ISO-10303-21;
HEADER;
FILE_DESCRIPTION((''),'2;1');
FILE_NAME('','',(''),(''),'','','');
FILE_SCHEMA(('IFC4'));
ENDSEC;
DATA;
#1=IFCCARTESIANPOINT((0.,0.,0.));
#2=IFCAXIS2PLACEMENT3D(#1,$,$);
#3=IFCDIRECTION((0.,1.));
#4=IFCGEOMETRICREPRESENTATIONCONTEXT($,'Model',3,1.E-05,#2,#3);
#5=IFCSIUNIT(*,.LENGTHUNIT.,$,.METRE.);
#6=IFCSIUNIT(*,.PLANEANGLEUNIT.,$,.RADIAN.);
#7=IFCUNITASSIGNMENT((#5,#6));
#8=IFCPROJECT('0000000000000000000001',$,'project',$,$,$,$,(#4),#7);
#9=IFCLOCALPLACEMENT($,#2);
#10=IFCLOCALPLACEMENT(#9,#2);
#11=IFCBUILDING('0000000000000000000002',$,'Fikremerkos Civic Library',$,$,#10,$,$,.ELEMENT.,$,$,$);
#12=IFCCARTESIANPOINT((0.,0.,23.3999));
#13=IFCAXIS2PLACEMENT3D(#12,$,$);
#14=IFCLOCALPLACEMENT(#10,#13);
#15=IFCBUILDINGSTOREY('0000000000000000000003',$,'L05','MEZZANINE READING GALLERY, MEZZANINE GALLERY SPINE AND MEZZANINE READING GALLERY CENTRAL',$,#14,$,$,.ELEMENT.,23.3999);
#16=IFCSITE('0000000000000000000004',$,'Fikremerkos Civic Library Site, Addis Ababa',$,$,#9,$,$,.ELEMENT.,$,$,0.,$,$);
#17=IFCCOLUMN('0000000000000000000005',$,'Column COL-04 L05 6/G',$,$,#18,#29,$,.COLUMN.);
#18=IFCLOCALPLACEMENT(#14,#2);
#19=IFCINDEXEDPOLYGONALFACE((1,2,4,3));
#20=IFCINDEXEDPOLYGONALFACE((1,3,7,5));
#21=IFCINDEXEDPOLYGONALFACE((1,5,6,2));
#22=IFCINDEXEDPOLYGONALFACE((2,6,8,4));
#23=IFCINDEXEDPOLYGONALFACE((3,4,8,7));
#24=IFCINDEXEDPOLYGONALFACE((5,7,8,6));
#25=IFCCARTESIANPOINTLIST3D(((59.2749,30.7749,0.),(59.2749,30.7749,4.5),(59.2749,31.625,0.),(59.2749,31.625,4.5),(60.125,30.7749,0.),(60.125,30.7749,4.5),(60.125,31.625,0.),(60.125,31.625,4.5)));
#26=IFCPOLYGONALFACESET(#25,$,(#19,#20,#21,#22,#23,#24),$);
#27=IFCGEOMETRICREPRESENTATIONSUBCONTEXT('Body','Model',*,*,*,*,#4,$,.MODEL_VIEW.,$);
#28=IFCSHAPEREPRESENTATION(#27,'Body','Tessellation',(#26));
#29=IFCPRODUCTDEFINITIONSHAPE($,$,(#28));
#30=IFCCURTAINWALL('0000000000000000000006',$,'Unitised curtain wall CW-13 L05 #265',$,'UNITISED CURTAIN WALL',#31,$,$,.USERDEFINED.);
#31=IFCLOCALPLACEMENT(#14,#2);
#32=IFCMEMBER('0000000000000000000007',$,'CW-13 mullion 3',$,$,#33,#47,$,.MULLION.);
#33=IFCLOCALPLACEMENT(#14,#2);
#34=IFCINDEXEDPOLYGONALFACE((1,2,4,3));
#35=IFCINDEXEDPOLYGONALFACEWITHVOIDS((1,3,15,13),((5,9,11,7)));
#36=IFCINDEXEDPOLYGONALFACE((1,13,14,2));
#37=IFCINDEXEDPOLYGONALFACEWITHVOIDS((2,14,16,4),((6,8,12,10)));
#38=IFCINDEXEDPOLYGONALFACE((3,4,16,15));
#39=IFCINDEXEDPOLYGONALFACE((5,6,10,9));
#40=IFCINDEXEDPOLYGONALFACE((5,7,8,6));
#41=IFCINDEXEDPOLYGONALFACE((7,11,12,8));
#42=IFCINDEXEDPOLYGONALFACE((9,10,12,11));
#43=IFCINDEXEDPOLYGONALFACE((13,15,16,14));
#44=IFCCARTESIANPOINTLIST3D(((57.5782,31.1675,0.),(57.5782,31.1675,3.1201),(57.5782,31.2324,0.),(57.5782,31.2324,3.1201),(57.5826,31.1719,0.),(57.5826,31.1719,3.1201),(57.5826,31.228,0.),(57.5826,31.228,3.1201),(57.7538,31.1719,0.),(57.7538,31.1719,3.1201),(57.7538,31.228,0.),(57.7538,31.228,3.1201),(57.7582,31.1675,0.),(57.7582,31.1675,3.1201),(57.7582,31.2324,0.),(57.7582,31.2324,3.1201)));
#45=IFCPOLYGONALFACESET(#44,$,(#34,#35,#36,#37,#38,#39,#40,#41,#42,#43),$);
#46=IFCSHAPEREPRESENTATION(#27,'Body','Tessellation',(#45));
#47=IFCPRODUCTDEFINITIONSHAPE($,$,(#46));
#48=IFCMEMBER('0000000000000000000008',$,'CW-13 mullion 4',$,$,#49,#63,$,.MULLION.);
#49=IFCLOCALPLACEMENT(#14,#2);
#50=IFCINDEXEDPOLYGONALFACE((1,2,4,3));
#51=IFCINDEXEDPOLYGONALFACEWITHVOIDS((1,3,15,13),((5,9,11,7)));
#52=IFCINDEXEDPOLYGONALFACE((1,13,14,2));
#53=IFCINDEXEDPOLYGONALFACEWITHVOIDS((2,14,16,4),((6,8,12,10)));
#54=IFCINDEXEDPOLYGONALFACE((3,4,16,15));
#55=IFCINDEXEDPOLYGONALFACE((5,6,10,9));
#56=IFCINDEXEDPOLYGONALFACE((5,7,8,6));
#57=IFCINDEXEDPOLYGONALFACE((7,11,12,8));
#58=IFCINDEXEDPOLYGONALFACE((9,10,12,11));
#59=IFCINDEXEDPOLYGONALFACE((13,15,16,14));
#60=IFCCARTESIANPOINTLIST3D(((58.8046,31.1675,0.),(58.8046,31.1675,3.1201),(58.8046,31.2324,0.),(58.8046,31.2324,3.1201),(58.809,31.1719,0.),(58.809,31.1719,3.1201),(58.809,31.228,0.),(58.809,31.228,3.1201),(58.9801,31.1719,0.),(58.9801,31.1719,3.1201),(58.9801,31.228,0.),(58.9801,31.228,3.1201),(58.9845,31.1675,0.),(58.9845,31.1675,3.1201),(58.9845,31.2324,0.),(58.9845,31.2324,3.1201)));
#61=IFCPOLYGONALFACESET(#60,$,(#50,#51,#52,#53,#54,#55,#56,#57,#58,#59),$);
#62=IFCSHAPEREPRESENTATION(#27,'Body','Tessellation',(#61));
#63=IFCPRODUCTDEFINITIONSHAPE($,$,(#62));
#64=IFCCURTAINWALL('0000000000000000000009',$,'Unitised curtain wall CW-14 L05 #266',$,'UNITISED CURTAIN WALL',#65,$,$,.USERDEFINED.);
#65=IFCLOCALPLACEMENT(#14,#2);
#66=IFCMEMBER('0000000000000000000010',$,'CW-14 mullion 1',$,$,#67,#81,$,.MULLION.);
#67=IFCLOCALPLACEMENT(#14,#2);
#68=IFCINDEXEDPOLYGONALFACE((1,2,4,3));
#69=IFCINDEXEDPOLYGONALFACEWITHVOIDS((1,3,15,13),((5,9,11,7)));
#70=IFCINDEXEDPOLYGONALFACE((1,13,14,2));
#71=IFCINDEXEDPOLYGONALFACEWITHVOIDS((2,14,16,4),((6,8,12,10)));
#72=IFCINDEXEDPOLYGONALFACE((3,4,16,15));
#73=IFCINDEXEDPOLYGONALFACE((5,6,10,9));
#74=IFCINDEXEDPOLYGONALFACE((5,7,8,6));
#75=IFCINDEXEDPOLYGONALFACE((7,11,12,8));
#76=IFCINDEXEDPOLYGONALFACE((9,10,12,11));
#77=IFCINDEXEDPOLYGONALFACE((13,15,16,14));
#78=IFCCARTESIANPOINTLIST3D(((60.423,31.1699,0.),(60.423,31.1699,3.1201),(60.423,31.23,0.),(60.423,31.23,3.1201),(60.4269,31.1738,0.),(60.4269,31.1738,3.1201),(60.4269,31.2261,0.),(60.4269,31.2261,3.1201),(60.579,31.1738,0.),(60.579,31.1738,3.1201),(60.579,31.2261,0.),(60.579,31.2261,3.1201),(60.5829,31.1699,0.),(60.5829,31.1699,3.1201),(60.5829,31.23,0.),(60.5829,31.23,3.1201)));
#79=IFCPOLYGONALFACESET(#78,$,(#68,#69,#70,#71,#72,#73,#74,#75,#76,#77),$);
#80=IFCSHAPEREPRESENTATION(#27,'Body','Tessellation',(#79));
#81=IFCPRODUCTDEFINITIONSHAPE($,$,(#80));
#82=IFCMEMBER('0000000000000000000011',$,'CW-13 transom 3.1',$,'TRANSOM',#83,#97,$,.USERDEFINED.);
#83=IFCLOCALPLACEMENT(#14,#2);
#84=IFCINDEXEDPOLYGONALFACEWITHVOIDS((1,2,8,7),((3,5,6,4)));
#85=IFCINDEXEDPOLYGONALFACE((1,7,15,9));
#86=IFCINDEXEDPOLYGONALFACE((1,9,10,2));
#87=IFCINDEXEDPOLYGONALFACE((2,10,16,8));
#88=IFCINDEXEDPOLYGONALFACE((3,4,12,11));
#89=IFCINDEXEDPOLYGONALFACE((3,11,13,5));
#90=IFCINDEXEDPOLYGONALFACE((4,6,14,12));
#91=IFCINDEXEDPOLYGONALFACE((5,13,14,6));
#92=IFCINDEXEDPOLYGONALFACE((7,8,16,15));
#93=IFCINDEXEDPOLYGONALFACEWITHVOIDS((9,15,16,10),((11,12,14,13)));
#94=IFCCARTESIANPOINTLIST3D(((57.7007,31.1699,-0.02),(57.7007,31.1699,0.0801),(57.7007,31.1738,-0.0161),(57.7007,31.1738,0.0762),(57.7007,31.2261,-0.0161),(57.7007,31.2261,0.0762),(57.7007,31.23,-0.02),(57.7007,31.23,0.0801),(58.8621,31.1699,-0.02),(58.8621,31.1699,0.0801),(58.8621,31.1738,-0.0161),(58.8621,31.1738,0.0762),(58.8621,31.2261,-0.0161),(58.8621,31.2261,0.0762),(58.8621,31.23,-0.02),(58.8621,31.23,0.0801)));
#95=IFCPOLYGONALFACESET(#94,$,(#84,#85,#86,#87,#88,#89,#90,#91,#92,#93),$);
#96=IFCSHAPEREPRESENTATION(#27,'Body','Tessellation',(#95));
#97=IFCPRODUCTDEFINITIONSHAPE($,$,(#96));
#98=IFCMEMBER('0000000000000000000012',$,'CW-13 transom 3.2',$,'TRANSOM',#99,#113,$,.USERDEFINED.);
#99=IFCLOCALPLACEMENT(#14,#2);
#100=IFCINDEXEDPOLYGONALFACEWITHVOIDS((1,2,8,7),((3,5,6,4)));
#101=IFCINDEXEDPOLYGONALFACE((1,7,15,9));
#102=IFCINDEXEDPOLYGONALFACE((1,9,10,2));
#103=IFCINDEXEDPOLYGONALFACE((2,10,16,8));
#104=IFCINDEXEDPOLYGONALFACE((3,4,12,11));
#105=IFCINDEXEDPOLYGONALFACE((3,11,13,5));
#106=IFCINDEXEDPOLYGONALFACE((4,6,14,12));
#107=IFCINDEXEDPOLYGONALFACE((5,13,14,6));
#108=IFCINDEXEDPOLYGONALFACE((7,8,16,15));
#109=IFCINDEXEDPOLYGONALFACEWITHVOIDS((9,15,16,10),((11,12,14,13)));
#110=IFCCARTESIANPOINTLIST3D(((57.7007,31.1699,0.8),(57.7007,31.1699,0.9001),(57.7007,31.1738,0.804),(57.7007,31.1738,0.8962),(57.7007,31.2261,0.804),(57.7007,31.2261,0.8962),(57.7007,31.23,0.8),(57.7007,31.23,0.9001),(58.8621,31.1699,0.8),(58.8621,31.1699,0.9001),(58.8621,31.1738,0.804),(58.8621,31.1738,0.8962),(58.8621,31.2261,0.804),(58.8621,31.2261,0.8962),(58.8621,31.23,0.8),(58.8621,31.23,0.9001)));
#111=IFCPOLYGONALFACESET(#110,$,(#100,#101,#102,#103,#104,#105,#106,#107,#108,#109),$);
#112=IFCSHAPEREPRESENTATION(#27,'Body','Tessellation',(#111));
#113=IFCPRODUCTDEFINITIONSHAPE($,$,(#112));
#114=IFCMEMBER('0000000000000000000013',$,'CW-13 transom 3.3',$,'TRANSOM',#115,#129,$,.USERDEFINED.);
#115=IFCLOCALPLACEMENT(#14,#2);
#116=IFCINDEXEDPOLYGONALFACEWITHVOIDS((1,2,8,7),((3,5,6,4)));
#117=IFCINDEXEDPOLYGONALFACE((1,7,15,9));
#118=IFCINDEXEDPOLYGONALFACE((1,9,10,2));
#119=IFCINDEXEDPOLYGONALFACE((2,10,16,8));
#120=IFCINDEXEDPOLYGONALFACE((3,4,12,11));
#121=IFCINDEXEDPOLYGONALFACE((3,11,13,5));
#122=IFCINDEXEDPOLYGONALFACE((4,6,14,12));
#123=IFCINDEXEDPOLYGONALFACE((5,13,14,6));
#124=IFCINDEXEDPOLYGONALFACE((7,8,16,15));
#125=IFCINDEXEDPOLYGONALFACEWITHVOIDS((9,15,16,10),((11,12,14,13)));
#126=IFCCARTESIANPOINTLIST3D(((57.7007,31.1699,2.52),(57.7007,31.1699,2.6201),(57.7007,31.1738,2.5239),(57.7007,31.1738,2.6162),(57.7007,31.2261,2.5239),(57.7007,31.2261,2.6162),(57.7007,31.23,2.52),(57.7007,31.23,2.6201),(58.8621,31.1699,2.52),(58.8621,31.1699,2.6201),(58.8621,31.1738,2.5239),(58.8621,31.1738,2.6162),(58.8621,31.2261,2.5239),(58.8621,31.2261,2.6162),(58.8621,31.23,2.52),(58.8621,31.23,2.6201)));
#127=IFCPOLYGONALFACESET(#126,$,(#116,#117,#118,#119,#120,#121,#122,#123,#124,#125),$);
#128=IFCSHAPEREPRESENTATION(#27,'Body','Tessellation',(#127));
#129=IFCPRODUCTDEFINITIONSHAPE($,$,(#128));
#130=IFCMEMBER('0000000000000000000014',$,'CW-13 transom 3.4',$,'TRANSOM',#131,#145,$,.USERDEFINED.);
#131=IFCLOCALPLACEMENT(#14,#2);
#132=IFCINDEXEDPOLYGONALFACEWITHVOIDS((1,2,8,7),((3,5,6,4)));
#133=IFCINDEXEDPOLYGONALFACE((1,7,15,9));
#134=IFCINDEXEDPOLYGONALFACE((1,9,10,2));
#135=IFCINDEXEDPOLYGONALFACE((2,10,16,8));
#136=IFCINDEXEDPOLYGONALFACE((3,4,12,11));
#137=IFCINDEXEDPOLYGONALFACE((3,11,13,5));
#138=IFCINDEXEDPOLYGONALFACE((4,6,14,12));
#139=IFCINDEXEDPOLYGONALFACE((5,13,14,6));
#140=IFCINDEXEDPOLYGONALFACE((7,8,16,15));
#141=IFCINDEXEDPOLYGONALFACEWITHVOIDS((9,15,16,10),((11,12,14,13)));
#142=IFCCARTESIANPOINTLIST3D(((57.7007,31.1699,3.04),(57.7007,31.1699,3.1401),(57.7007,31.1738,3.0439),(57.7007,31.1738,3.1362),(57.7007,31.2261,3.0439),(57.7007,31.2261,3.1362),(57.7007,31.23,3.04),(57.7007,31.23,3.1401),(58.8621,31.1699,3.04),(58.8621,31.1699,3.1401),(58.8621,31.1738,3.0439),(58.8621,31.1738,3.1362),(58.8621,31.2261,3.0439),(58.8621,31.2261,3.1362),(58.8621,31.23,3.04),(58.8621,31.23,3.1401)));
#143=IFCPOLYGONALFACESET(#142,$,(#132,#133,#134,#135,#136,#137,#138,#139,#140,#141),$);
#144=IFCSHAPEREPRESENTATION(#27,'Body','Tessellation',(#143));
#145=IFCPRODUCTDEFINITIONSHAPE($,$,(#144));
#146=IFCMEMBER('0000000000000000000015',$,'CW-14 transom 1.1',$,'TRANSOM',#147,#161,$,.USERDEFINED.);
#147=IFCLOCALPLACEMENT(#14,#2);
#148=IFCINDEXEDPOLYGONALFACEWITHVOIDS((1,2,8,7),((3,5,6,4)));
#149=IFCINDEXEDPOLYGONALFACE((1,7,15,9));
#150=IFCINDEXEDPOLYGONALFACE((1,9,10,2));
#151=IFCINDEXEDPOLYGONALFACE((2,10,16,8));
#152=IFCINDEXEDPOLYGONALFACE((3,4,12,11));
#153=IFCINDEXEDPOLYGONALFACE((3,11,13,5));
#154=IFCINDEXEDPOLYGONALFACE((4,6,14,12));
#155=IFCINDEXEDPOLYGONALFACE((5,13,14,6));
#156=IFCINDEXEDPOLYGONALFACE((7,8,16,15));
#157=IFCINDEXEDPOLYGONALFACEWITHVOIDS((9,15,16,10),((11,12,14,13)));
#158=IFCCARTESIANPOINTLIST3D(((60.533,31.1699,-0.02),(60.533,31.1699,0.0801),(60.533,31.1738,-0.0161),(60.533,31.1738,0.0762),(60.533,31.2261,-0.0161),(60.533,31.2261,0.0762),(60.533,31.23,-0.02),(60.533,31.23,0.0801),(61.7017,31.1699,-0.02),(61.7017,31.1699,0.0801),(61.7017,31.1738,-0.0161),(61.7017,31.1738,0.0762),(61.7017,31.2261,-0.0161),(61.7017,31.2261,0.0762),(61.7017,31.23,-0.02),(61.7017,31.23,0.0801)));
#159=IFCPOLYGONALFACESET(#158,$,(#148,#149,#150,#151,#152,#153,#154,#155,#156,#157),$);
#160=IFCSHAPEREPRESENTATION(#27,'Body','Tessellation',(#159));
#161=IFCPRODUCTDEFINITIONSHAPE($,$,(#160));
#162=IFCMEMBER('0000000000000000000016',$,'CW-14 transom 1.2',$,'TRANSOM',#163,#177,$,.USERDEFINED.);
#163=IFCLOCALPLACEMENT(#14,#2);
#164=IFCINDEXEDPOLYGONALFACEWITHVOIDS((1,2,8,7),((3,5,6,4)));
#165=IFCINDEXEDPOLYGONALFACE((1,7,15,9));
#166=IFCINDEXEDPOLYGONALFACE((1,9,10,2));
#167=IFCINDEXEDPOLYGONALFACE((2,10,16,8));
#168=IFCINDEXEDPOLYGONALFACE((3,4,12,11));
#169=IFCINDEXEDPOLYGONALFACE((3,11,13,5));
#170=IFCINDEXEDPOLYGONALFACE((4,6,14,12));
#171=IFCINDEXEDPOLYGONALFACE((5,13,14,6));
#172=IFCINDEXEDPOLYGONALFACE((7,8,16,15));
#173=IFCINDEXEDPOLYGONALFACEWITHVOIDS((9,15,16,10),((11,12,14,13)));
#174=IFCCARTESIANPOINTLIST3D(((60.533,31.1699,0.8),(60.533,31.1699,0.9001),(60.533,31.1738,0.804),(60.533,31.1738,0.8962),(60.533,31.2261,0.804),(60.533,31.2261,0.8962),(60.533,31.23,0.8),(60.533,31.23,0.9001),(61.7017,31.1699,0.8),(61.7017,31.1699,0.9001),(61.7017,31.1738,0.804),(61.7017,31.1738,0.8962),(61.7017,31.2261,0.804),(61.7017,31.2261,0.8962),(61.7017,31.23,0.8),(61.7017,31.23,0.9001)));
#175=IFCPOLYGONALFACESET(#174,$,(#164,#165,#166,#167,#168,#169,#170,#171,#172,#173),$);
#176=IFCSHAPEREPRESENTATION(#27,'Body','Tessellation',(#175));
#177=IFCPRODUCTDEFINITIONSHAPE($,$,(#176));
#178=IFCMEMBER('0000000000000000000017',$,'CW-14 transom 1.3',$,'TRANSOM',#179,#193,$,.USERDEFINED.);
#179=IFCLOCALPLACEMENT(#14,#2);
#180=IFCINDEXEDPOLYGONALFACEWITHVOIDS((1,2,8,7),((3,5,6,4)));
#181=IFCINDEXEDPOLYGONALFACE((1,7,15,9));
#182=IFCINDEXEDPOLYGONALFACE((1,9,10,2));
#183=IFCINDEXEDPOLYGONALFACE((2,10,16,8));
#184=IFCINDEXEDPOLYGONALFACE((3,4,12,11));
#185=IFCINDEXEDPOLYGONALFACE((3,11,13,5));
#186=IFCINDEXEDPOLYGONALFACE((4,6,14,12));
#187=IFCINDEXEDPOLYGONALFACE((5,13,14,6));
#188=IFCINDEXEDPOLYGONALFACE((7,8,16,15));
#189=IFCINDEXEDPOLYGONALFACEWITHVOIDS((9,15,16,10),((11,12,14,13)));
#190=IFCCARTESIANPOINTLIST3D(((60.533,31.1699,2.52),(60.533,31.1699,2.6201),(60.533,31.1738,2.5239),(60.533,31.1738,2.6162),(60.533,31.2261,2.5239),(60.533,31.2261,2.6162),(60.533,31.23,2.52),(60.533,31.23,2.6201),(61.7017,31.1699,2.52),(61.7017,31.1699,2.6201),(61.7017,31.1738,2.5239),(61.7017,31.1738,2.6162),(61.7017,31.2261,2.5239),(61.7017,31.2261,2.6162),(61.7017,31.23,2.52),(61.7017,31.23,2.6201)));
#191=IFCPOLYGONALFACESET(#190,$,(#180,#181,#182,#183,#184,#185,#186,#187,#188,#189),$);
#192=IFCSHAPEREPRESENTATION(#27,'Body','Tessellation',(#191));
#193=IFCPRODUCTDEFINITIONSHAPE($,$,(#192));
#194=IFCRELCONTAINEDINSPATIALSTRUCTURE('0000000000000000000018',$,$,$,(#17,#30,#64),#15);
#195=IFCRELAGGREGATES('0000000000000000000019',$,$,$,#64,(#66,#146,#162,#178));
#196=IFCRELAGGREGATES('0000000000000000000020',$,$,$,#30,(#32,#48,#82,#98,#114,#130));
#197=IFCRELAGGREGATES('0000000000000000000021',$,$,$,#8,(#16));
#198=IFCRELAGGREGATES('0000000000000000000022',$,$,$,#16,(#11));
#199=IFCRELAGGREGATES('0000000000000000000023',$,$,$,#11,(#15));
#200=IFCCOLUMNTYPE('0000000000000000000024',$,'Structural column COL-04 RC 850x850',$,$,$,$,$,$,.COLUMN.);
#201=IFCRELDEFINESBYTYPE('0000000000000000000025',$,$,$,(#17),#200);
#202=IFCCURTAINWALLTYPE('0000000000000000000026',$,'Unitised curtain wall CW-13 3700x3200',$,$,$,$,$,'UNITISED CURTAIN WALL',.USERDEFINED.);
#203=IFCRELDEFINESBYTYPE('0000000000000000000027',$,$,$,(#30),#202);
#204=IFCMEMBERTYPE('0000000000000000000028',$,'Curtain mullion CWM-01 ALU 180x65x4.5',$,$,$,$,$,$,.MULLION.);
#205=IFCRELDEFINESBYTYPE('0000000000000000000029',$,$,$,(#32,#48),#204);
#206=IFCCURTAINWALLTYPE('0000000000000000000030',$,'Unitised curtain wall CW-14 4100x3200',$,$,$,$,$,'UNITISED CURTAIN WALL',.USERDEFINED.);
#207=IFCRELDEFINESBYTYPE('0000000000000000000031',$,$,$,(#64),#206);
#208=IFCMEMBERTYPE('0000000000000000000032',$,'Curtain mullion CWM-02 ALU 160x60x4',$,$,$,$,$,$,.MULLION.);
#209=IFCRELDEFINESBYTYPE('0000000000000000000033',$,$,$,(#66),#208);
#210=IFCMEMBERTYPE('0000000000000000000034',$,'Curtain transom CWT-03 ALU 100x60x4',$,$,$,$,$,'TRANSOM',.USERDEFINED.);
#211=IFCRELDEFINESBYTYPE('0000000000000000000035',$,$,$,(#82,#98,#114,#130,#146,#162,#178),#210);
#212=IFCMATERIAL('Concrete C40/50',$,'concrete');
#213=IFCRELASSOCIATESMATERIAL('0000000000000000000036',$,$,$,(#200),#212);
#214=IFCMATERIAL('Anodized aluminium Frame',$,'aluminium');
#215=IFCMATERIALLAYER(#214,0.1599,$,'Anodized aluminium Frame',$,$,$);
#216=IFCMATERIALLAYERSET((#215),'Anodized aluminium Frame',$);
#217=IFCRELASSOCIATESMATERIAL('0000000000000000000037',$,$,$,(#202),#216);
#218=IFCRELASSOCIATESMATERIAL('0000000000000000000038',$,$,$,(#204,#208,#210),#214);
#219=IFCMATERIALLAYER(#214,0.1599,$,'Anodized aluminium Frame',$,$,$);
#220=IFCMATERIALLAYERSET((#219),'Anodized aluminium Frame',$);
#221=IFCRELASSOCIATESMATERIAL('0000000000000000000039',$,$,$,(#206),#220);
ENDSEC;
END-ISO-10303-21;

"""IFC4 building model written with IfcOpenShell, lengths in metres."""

from ifc_helpers import new_model, si_unit, direction, frame, origin, origin_2d, place, context, subcontext, project, spatial, rectangle, hollow_rectangle, extrude, material, layer, layer_set, material_profile, profile_set, type_object, element, aggregate, save


model = new_model("IFC4")

# Units and contexts
model_context = context("Model", 3, precision=1e-05, world=origin(), true_north=direction((0.0, 1.0)))
body_context = subcontext(model_context, "Body", "Model", "MODEL_VIEW")
ifc_project = project(units=[si_unit("LENGTHUNIT", "METRE"), si_unit("PLANEANGLEUNIT", "RADIAN")], contexts=[model_context])

# Site, building, storey
site_placement = place(None, origin())
site = spatial("IfcSite", under=ifc_project, at=site_placement, Name="Fikremerkos Civic Library Site, Addis Ababa", CompositionType="ELEMENT", RefElevation=0.0)
building_placement = place(site_placement, origin())
building = spatial("IfcBuilding", under=site, at=building_placement, Name="Fikremerkos Civic Library", CompositionType="ELEMENT")
storey_placement = place(building_placement, frame((0.0, 0.0, 23.3999)))
storey = spatial("IfcBuildingStorey", under=building, at=storey_placement, Name="L05", Description="MEZZANINE READING GALLERY, MEZZANINE GALLERY SPINE AND MEZZANINE READING GALLERY CENTRAL", CompositionType="ELEMENT", Elevation=23.3999)

# Column
ifc_material_1 = material(Name="Concrete C40/50", Category="concrete")
ifc_material_profile_1 = material_profile(ifc_material_1, rectangle(XDim=0.8501, YDim=0.8501, at=origin_2d()), Name="RC 850x850")
ifc_profile_set_1 = profile_set([ifc_material_profile_1], Name="Concrete C40/50")
column_type = type_object("IfcColumnType", Name="Structural column COL-04 RC 850x850", PredefinedType="COLUMN", material=ifc_profile_set_1)
column_placement = place(storey_placement, frame((59.7, 31.2, 0.0), z_axis=(0.0, 0.0, 1.0), x_axis=(1.0, 0.0, 0.0)))
element("IfcColumn", 1, at=column_placement, inside=storey, type_object=column_type, Name="Column COL-04 L05 6/G", PredefinedType="COLUMN", context=body_context, shape_type="SweptSolid", body=[
    extrude(rectangle(XDim=0.8501, YDim=0.8501, at=origin_2d()), origin(), (0.0, 0.0, 1.0), 4.5),
])

# Curtain wall, members
ifc_material_2 = material(Name="Anodized aluminium Frame", Category="aluminium")
ifc_layer_1 = layer(ifc_material_2, 0.1599, Name="Anodized aluminium Frame")
ifc_layer_set_1 = layer_set([ifc_layer_1], Name="Anodized aluminium Frame")
curtain_wall_type_1 = type_object("IfcCurtainWallType", Name="Unitised curtain wall CW-13 3700x3200", ElementType="UNITISED CURTAIN WALL", PredefinedType="USERDEFINED", material=ifc_layer_set_1)
curtain_wall_1_placement = place(storey_placement, origin())
curtain_wall_1 = element("IfcCurtainWall", 2, at=curtain_wall_1_placement, inside=storey, type_object=curtain_wall_type_1, Name="Unitised curtain wall CW-13 L05 #265", ObjectType="UNITISED CURTAIN WALL", PredefinedType="USERDEFINED")
ifc_material_profile_2 = material_profile(ifc_material_2, hollow_rectangle(XDim=0.0649, YDim=0.1799, WallThickness=0.0044, at=origin_2d()), Name="ALU 180x65x4.5")
ifc_profile_set_2 = profile_set([ifc_material_profile_2], Name="Anodized aluminium Frame")
member_type_1 = type_object("IfcMemberType", Name="Curtain mullion CWM-01 ALU 180x65x4.5", PredefinedType="MULLION", material=ifc_profile_set_2)
member_1_placement = place(storey_placement, frame((57.6682, 31.2, 0.0), z_axis=(0.0, 0.0, 1.0), x_axis=(0.0, 1.0, 0.0)))
member_1 = element("IfcMember", 3, at=member_1_placement, type_object=member_type_1, Name="CW-13 mullion 3", PredefinedType="MULLION", context=body_context, shape_type="SweptSolid", body=[
    extrude(hollow_rectangle(XDim=0.0649, YDim=0.1799, WallThickness=0.0044, at=origin_2d()), origin(), (0.0, 0.0, 1.0), 3.1201),
])
member_2_placement = place(storey_placement, frame((58.8945, 31.2, 0.0), z_axis=(0.0, 0.0, 1.0), x_axis=(0.0, 1.0, 0.0)))
member_2 = element("IfcMember", 4, at=member_2_placement, type_object=member_type_1, Name="CW-13 mullion 4", PredefinedType="MULLION", context=body_context, shape_type="SweptSolid", body=[
    extrude(hollow_rectangle(XDim=0.0649, YDim=0.1799, WallThickness=0.0044, at=origin_2d()), origin(), (0.0, 0.0, 1.0), 3.1201),
])

# Curtain wall, member
ifc_layer_2 = layer(ifc_material_2, 0.1599, Name="Anodized aluminium Frame")
ifc_layer_set_2 = layer_set([ifc_layer_2], Name="Anodized aluminium Frame")
curtain_wall_type_2 = type_object("IfcCurtainWallType", Name="Unitised curtain wall CW-14 4100x3200", ElementType="UNITISED CURTAIN WALL", PredefinedType="USERDEFINED", material=ifc_layer_set_2)
curtain_wall_2_placement = place(storey_placement, origin())
curtain_wall_2 = element("IfcCurtainWall", 5, at=curtain_wall_2_placement, inside=storey, type_object=curtain_wall_type_2, Name="Unitised curtain wall CW-14 L05 #266", ObjectType="UNITISED CURTAIN WALL", PredefinedType="USERDEFINED")
ifc_material_profile_3 = material_profile(ifc_material_2, hollow_rectangle(XDim=0.0601, YDim=0.1599, WallThickness=0.0039, at=origin_2d()), Name="ALU 160x60x4")
ifc_profile_set_3 = profile_set([ifc_material_profile_3], Name="Anodized aluminium Frame")
member_type_2 = type_object("IfcMemberType", Name="Curtain mullion CWM-02 ALU 160x60x4", PredefinedType="MULLION", material=ifc_profile_set_3)
member_3_placement = place(storey_placement, frame((60.5029, 31.2, 0.0), z_axis=(0.0, 0.0, 1.0), x_axis=(0.0, 1.0, 0.0)))
member_3 = element("IfcMember", 6, at=member_3_placement, type_object=member_type_2, Name="CW-14 mullion 1", PredefinedType="MULLION", context=body_context, shape_type="SweptSolid", body=[
    extrude(hollow_rectangle(XDim=0.0601, YDim=0.1599, WallThickness=0.0039, at=origin_2d()), origin(), (0.0, 0.0, 1.0), 3.1201),
])

# Members
ifc_material_profile_4 = material_profile(ifc_material_2, hollow_rectangle(XDim=0.0601, YDim=0.1001, WallThickness=0.0039, at=origin_2d()), Name="ALU 100x60x4")
ifc_profile_set_4 = profile_set([ifc_material_profile_4], Name="Anodized aluminium Frame")
member_type_3 = type_object("IfcMemberType", Name="Curtain transom CWT-03 ALU 100x60x4", ElementType="TRANSOM", PredefinedType="USERDEFINED", material=ifc_profile_set_4)
member_4_placement = place(storey_placement, frame((57.7007, 31.2, 0.03), z_axis=(1.0, 0.0, 0.0), x_axis=(0.0, 1.0, 0.0)))
member_4 = element("IfcMember", 7, at=member_4_placement, type_object=member_type_3, Name="CW-13 transom 3.1", ObjectType="TRANSOM", PredefinedType="USERDEFINED", context=body_context, shape_type="SweptSolid", body=[
    extrude(hollow_rectangle(XDim=0.0601, YDim=0.1001, WallThickness=0.0039, at=origin_2d()), origin(), (0.0, 0.0, 1.0), 1.1614),
])
member_5_placement = place(storey_placement, frame((57.7007, 31.2, 0.8501), z_axis=(1.0, 0.0, 0.0), x_axis=(0.0, 1.0, 0.0)))
member_5 = element("IfcMember", 8, at=member_5_placement, type_object=member_type_3, Name="CW-13 transom 3.2", ObjectType="TRANSOM", PredefinedType="USERDEFINED", context=body_context, shape_type="SweptSolid", body=[
    extrude(hollow_rectangle(XDim=0.0601, YDim=0.1001, WallThickness=0.0039, at=origin_2d()), origin(), (0.0, 0.0, 1.0), 1.1614),
])
member_6_placement = place(storey_placement, frame((57.7007, 31.2, 2.5701), z_axis=(1.0, 0.0, 0.0), x_axis=(0.0, 1.0, 0.0)))
member_6 = element("IfcMember", 9, at=member_6_placement, type_object=member_type_3, Name="CW-13 transom 3.3", ObjectType="TRANSOM", PredefinedType="USERDEFINED", context=body_context, shape_type="SweptSolid", body=[
    extrude(hollow_rectangle(XDim=0.0601, YDim=0.1001, WallThickness=0.0039, at=origin_2d()), origin(), (0.0, 0.0, 1.0), 1.1614),
])
member_7_placement = place(storey_placement, frame((57.7007, 31.2, 3.0901), z_axis=(1.0, 0.0, 0.0), x_axis=(0.0, 1.0, 0.0)))
member_7 = element("IfcMember", 10, at=member_7_placement, type_object=member_type_3, Name="CW-13 transom 3.4", ObjectType="TRANSOM", PredefinedType="USERDEFINED", context=body_context, shape_type="SweptSolid", body=[
    extrude(hollow_rectangle(XDim=0.0601, YDim=0.1001, WallThickness=0.0039, at=origin_2d()), origin(), (0.0, 0.0, 1.0), 1.1614),
])
member_8_placement = place(storey_placement, frame((60.533, 31.2, 0.03), z_axis=(1.0, 0.0, 0.0), x_axis=(0.0, 1.0, 0.0)))
member_8 = element("IfcMember", 11, at=member_8_placement, type_object=member_type_3, Name="CW-14 transom 1.1", ObjectType="TRANSOM", PredefinedType="USERDEFINED", context=body_context, shape_type="SweptSolid", body=[
    extrude(hollow_rectangle(XDim=0.0601, YDim=0.1001, WallThickness=0.0039, at=origin_2d()), origin(), (0.0, 0.0, 1.0), 1.1687),
])
member_9_placement = place(storey_placement, frame((60.533, 31.2, 0.8501), z_axis=(1.0, 0.0, 0.0), x_axis=(0.0, 1.0, 0.0)))
member_9 = element("IfcMember", 12, at=member_9_placement, type_object=member_type_3, Name="CW-14 transom 1.2", ObjectType="TRANSOM", PredefinedType="USERDEFINED", context=body_context, shape_type="SweptSolid", body=[
    extrude(hollow_rectangle(XDim=0.0601, YDim=0.1001, WallThickness=0.0039, at=origin_2d()), origin(), (0.0, 0.0, 1.0), 1.1687),
])
member_10_placement = place(storey_placement, frame((60.533, 31.2, 2.5701), z_axis=(1.0, 0.0, 0.0), x_axis=(0.0, 1.0, 0.0)))
member_10 = element("IfcMember", 13, at=member_10_placement, type_object=member_type_3, Name="CW-14 transom 1.3", ObjectType="TRANSOM", PredefinedType="USERDEFINED", context=body_context, shape_type="SweptSolid", body=[
    extrude(hollow_rectangle(XDim=0.0601, YDim=0.1001, WallThickness=0.0039, at=origin_2d()), origin(), (0.0, 0.0, 1.0), 1.1687),
])
aggregate(curtain_wall_2, [member_3, member_8, member_9, member_10])

aggregate(curtain_wall_1, [member_1, member_2, member_4, member_5, member_6, member_7])

save(model, "model.ifc")
